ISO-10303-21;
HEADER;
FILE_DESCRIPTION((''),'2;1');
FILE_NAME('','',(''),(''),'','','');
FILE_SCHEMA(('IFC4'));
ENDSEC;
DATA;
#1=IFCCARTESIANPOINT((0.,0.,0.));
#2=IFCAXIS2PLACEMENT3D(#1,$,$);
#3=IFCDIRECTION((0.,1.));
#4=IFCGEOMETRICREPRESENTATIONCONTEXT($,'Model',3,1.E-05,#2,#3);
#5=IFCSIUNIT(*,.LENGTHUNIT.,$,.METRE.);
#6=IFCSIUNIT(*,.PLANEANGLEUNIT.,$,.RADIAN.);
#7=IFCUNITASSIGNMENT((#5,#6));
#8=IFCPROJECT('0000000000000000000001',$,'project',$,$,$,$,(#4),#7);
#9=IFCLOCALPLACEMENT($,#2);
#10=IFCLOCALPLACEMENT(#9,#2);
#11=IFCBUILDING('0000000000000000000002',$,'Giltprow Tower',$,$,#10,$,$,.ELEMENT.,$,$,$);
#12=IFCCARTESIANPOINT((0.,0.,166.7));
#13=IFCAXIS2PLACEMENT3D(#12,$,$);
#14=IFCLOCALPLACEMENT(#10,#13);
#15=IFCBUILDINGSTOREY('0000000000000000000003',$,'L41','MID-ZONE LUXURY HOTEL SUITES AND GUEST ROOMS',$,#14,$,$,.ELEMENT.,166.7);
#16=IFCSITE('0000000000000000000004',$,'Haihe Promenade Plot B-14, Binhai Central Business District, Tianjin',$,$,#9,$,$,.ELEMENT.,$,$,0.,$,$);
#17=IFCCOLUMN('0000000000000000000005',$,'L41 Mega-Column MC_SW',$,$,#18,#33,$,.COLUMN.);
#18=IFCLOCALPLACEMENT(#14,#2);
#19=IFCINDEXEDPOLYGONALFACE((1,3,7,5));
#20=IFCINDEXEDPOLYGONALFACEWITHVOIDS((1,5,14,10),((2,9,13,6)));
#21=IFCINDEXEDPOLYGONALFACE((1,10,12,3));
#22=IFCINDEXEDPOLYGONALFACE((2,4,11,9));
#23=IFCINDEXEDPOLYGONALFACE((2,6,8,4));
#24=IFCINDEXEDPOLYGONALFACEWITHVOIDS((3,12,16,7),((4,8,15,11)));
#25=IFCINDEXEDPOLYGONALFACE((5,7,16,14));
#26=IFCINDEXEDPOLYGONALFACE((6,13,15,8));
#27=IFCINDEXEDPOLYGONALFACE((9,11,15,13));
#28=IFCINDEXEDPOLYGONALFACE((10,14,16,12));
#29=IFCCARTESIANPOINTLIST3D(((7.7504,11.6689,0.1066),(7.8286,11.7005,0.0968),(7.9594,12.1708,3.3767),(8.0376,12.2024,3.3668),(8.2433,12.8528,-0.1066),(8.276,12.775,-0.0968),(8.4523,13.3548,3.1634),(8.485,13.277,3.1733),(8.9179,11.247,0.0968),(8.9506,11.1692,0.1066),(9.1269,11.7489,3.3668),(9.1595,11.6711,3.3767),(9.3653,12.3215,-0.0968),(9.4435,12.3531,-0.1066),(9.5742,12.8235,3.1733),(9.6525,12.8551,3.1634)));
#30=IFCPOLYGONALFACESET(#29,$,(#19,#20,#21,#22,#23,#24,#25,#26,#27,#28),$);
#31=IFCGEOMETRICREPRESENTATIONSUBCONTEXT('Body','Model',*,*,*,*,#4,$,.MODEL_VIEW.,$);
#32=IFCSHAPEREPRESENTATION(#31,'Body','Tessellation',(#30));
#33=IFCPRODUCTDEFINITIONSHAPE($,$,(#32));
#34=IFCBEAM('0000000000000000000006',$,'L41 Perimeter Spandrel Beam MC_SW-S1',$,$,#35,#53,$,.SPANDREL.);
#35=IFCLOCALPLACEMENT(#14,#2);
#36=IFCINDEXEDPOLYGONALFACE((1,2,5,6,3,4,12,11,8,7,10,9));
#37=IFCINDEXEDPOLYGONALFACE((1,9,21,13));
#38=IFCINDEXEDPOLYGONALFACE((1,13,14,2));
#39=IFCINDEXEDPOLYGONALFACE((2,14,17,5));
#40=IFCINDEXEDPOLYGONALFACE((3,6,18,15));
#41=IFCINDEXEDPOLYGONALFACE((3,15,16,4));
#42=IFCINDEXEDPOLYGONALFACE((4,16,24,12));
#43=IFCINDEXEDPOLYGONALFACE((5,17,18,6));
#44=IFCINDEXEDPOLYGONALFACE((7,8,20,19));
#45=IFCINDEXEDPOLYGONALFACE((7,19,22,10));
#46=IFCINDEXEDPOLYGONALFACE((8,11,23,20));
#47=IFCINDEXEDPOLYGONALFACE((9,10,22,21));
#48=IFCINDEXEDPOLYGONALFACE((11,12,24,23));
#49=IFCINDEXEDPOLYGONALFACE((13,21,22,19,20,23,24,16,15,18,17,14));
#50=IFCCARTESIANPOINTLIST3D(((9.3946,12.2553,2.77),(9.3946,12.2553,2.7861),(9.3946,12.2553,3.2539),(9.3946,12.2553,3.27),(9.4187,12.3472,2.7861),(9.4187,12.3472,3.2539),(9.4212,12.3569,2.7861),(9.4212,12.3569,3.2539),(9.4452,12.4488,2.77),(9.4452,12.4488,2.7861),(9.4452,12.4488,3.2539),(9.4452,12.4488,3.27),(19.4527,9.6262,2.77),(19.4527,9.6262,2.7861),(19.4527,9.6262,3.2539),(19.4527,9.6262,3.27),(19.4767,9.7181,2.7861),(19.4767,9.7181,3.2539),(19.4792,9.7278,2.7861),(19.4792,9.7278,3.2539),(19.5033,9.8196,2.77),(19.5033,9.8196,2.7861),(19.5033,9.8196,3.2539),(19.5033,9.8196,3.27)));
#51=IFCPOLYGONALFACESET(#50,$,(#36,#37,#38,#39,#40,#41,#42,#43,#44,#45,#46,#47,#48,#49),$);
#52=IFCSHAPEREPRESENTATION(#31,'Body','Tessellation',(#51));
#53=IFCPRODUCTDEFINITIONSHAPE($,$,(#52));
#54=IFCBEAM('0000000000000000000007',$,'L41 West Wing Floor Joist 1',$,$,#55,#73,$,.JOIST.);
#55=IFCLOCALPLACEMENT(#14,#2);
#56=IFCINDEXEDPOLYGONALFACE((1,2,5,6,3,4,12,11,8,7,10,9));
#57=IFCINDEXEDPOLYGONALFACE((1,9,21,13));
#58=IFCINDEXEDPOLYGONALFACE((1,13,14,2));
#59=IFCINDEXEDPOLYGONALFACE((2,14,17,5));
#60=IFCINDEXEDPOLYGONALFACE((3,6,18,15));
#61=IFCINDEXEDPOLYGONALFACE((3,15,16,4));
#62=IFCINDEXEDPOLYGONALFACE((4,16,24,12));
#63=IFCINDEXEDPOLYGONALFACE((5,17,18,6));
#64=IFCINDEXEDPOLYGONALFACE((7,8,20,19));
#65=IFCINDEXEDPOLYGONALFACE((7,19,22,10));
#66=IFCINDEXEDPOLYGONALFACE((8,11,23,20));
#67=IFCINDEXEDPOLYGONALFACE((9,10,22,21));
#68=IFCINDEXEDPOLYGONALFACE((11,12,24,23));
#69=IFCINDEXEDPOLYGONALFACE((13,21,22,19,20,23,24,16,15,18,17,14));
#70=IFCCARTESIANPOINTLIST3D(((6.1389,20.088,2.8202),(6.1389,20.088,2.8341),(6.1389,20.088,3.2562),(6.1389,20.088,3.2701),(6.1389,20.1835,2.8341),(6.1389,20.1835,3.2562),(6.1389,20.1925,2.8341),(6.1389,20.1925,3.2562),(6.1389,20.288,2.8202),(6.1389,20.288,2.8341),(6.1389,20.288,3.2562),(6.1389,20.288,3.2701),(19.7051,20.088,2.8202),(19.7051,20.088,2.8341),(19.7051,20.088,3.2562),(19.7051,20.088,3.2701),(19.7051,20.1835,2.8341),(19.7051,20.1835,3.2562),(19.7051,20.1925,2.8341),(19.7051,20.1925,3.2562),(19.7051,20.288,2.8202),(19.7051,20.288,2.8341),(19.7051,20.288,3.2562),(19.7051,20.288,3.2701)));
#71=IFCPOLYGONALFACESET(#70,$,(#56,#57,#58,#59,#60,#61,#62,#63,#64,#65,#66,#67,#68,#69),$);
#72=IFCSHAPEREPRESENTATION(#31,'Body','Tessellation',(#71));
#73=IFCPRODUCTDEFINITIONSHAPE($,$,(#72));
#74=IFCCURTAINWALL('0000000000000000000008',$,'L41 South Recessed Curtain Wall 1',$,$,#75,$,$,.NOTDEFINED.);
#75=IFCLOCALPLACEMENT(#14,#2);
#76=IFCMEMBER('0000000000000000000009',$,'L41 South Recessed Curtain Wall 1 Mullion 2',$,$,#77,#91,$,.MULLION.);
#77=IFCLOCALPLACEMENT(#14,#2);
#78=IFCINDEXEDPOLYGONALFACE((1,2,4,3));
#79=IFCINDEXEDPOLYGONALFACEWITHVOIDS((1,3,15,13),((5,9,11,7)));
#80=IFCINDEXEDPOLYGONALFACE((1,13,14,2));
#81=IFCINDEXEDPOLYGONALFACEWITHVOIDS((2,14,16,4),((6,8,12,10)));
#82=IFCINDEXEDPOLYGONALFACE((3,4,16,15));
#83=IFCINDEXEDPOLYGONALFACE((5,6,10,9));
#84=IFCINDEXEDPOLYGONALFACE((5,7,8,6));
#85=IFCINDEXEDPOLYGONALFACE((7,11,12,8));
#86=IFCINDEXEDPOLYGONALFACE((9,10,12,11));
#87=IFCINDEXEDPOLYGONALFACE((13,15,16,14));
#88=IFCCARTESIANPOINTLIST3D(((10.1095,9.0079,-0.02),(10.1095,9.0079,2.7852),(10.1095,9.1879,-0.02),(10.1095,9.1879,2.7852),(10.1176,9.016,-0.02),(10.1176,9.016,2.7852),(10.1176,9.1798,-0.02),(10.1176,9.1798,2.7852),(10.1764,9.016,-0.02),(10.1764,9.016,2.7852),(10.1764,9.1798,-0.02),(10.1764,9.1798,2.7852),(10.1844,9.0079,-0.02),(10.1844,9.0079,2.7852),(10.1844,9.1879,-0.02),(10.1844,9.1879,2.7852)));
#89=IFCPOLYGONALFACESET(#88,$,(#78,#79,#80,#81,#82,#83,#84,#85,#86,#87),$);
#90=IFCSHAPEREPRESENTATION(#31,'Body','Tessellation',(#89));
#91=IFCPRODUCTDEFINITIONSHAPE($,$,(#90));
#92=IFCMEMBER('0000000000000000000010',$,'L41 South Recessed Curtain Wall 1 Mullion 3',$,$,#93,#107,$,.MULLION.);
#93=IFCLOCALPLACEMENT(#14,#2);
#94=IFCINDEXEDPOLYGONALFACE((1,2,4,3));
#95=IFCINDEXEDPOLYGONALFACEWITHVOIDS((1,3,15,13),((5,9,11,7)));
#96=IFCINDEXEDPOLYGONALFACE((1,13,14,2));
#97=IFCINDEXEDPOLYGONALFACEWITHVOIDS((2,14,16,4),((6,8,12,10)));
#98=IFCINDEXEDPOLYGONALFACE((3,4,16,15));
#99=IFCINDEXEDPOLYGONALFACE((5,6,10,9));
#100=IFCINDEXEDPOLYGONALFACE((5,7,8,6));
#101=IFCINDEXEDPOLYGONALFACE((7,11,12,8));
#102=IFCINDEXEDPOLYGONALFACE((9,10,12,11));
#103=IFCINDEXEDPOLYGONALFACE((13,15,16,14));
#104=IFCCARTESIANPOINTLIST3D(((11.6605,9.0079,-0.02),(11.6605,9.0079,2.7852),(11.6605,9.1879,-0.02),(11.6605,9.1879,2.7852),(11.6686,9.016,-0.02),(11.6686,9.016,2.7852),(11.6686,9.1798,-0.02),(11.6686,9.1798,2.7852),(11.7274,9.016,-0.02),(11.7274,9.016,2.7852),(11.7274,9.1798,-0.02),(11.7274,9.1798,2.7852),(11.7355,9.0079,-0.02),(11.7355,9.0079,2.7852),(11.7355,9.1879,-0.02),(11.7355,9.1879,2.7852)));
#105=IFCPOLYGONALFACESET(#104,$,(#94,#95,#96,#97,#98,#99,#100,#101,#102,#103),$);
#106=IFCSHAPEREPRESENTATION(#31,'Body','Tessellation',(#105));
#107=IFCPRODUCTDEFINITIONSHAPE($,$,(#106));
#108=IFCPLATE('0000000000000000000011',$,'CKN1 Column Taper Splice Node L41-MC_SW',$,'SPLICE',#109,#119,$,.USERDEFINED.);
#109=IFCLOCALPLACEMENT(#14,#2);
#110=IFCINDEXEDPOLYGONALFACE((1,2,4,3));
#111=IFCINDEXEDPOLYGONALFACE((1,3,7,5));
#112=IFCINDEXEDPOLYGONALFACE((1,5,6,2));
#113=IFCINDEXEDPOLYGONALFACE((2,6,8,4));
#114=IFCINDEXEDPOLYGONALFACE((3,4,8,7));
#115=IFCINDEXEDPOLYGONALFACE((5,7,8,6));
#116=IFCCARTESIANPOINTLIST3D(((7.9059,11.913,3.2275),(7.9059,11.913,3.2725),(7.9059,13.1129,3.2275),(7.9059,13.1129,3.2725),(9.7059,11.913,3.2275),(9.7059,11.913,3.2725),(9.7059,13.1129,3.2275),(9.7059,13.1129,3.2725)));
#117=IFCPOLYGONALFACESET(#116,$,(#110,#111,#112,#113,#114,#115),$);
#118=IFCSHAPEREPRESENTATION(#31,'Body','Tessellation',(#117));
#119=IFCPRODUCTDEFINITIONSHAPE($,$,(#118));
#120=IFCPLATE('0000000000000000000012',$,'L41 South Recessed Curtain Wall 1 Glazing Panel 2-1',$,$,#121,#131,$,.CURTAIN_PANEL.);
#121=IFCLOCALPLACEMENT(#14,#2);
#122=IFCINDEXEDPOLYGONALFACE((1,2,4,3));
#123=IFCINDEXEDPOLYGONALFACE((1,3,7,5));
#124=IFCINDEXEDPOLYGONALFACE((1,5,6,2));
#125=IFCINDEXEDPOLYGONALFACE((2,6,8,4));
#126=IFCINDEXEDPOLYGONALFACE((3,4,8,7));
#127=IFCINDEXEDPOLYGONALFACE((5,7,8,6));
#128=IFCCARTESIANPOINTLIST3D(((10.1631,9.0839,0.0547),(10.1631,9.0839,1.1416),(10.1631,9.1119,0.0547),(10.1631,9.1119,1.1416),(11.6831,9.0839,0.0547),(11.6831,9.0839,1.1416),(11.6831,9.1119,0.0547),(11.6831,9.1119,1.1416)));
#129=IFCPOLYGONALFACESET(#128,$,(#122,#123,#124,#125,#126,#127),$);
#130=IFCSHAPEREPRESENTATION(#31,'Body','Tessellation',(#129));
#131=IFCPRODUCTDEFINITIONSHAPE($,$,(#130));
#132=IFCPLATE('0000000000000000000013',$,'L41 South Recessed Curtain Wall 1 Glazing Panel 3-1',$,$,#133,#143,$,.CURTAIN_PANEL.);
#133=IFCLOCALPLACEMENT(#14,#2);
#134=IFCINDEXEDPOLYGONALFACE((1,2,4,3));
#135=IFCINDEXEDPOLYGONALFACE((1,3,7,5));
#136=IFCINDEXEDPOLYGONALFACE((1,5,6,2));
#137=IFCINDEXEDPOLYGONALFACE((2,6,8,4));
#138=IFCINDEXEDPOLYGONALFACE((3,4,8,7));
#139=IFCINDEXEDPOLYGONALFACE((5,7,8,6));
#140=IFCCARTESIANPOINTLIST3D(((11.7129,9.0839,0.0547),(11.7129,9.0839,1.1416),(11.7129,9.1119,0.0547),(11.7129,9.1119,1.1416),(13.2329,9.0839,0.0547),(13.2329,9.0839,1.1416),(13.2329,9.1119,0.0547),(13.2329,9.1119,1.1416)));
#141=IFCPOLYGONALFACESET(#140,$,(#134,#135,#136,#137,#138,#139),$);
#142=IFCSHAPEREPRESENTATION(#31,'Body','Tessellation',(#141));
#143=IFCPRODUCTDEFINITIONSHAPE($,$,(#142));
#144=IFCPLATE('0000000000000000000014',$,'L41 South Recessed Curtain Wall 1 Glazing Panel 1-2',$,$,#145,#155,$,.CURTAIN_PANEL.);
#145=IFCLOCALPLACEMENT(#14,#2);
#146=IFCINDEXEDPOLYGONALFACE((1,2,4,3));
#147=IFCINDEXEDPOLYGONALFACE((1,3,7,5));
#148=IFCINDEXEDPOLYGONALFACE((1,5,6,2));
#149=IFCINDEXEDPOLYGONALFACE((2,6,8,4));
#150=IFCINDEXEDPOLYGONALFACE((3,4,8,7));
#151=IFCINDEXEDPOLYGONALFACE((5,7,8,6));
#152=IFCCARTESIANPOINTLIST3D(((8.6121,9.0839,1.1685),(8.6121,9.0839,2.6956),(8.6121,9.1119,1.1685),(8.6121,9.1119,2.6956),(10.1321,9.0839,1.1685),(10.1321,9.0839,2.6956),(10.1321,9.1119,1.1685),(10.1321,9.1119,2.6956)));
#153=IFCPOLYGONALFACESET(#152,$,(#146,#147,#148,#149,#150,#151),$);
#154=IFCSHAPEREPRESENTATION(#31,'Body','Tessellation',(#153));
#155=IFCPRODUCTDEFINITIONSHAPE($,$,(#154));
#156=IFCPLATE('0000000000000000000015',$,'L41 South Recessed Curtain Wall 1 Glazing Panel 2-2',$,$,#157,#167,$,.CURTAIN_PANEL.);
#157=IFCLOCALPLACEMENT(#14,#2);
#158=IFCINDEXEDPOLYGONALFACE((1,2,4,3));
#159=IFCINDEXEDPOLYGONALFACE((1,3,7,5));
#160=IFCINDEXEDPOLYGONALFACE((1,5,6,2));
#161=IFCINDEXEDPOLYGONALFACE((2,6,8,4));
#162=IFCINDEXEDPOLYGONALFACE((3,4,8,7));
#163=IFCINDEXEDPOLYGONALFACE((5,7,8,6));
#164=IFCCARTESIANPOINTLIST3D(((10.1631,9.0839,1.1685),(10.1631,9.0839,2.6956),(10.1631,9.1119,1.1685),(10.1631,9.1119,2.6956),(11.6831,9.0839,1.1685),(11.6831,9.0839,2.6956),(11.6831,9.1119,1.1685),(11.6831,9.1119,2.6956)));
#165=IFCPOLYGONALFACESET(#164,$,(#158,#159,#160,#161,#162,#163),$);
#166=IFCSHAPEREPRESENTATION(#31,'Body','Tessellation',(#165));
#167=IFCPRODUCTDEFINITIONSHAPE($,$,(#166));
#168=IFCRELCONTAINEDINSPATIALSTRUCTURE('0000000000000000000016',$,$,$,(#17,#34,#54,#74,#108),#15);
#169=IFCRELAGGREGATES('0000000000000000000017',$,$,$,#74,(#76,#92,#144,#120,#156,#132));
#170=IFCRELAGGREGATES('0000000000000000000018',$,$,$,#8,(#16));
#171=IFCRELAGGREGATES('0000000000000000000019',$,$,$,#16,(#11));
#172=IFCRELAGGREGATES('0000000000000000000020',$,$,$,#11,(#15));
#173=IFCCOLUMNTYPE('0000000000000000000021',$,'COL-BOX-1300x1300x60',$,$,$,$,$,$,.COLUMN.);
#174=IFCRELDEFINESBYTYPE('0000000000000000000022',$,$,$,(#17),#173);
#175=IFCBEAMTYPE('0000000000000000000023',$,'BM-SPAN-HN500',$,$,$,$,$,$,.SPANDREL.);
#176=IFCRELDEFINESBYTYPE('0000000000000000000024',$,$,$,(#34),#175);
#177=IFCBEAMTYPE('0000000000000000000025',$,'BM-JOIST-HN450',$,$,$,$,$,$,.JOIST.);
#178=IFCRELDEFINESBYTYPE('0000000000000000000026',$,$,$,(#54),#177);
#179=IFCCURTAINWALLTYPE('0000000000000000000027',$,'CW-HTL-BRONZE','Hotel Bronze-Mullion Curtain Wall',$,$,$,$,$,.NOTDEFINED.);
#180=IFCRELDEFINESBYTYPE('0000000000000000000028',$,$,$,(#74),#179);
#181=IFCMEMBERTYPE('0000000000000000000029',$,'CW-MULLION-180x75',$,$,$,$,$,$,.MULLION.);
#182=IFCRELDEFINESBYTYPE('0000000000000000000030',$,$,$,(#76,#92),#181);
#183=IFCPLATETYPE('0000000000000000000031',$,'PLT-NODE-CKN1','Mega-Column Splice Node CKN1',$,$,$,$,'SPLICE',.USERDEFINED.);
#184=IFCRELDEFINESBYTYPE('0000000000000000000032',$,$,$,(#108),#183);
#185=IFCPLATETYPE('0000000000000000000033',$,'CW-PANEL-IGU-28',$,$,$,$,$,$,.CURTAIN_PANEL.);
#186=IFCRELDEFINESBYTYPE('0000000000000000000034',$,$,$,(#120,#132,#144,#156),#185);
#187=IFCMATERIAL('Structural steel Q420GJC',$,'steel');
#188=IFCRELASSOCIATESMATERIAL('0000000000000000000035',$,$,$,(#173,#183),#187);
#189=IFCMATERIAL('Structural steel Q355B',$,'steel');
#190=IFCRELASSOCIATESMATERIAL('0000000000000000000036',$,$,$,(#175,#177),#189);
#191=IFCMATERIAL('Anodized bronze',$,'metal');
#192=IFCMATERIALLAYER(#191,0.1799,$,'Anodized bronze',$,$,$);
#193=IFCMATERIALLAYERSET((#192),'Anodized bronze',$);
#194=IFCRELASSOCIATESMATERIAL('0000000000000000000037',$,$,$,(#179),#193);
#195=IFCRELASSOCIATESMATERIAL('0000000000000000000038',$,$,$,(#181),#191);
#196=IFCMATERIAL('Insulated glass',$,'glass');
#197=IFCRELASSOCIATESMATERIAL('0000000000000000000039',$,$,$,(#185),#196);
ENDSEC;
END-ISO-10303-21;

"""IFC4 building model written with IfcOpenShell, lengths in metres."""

from ifc_helpers import new_model, si_unit, direction, frame, origin, origin_2d, place, context, subcontext, project, spatial, rectangle, hollow_rectangle, i_section, extrude, source, transform, mapped, material, layer, layer_set, material_profile, profile_set, type_object, element, aggregate, save


model = new_model("IFC4")

# Units and contexts
model_context = context("Model", 3, precision=1e-05, world=origin(), true_north=direction((0.0, 1.0)))
body_context = subcontext(model_context, "Body", "Model", "MODEL_VIEW")
ifc_project = project(units=[si_unit("LENGTHUNIT", "METRE"), si_unit("PLANEANGLEUNIT", "RADIAN")], contexts=[model_context])

# Site, building, storey
site_placement = place(None, origin())
site = spatial("IfcSite", under=ifc_project, at=site_placement, Name="Haihe Promenade Plot B-14, Binhai Central Business District, Tianjin", CompositionType="ELEMENT", RefElevation=0.0)
building_placement = place(site_placement, origin())
building = spatial("IfcBuilding", under=site, at=building_placement, Name="Giltprow Tower", CompositionType="ELEMENT")
storey_placement = place(building_placement, frame((0.0, 0.0, 166.7)))
storey = spatial("IfcBuildingStorey", under=building, at=storey_placement, Name="L41", Description="MID-ZONE LUXURY HOTEL SUITES AND GUEST ROOMS", CompositionType="ELEMENT", Elevation=166.7)

# Column
ifc_material_1 = material(Name="Structural steel Q420GJC", Category="steel")
ifc_material_profile_1 = material_profile(ifc_material_1, hollow_rectangle(XDim=1.3, YDim=1.3, WallThickness=0.0601, at=origin_2d()), Name="BOX 1300x1300x60")
ifc_profile_set_1 = profile_set([ifc_material_profile_1], Name="Structural steel Q420GJC")
column_type = type_object("IfcColumnType", Name="COL-BOX-1300x1300x60", PredefinedType="COLUMN", material=ifc_profile_set_1)
shared_shape_1 = source(origin(), body_context, "Body", "SweptSolid", [
    extrude(hollow_rectangle(XDim=1.3, YDim=1.3, WallThickness=0.0601, at=origin_2d()), origin(), (0.0, 0.0, 1.0), 3.3149),
])
column_placement = place(storey_placement, frame((8.5969, 12.011, 0.0), z_axis=(0.063044, 0.151423, 0.986457), x_axis=(-0.923183, 0.38436, 0.0)))
element("IfcColumn", 1, at=column_placement, inside=storey, type_object=column_type, Name="L41 Mega-Column MC_SW", PredefinedType="COLUMN", context=body_context, shape_type="MappedRepresentation", body=[
    mapped(shared_shape_1, transform((0.0, 0.0, 0.0), x_axis=(1.0, 0.0, 0.0), y_axis=(0.0, 1.0, 0.0), z_axis=(0.0, 0.0, 1.0), scale=1.0)),
])

# Beams
ifc_material_2 = material(Name="Structural steel Q355B", Category="steel")
ifc_material_profile_2 = material_profile(ifc_material_2, i_section(OverallWidth=0.2, OverallDepth=0.5, WebThickness=0.01, FlangeThickness=0.0161, at=origin_2d()), Name="HN 500x200x10x16")
ifc_profile_set_2 = profile_set([ifc_material_profile_2], Name="Structural steel Q355B")
beam_type_1 = type_object("IfcBeamType", Name="BM-SPAN-HN500", PredefinedType="SPANDREL", material=ifc_profile_set_2)
shared_shape_2 = source(origin(), body_context, "Body", "SweptSolid", [
    extrude(i_section(OverallWidth=0.2, OverallDepth=0.5, WebThickness=0.01, FlangeThickness=0.0161, at=origin_2d()), origin(), (0.0, 0.0, 1.0), 10.396),
])
beam_1_placement = place(storey_placement, frame((9.4199, 12.3521, 3.02), z_axis=(0.967493, -0.252899, 0.0), x_axis=(0.252899, 0.967493, 0.0)))
element("IfcBeam", 2, at=beam_1_placement, inside=storey, type_object=beam_type_1, Name="L41 Perimeter Spandrel Beam MC_SW-S1", PredefinedType="SPANDREL", context=body_context, shape_type="MappedRepresentation", body=[
    mapped(shared_shape_2, transform((0.0, 0.0, 0.0), x_axis=(1.0, 0.0, 0.0), y_axis=(0.0, 1.0, 0.0), z_axis=(0.0, 0.0, 1.0), scale=1.0)),
])
ifc_material_profile_3 = material_profile(ifc_material_2, i_section(OverallWidth=0.2, OverallDepth=0.45, WebThickness=0.009, FlangeThickness=0.0139, at=origin_2d()), Name="HN 450x200x9x14")
ifc_profile_set_3 = profile_set([ifc_material_profile_3], Name="Structural steel Q355B")
beam_type_2 = type_object("IfcBeamType", Name="BM-JOIST-HN450", PredefinedType="JOIST", material=ifc_profile_set_3)
shared_shape_3 = source(origin(), body_context, "Body", "SweptSolid", [
    extrude(i_section(OverallWidth=0.2, OverallDepth=0.45, WebThickness=0.009, FlangeThickness=0.0139, at=origin_2d()), origin(), (0.0, 0.0, 1.0), 13.5662),
])
beam_2_placement = place(storey_placement, frame((6.1389, 20.188, 3.0452), z_axis=(1.0, 0.0, 0.0), x_axis=(0.0, 1.0, 0.0)))
element("IfcBeam", 3, at=beam_2_placement, inside=storey, type_object=beam_type_2, Name="L41 West Wing Floor Joist 1", PredefinedType="JOIST", context=body_context, shape_type="MappedRepresentation", body=[
    mapped(shared_shape_3, transform((0.0, 0.0, 0.0), x_axis=(1.0, 0.0, 0.0), y_axis=(0.0, 1.0, 0.0), z_axis=(0.0, 0.0, 1.0), scale=1.0)),
])

# Curtain wall, members
ifc_material_3 = material(Name="Anodized bronze", Category="metal")
ifc_layer_1 = layer(ifc_material_3, 0.1799, Name="Anodized bronze")
ifc_layer_set_1 = layer_set([ifc_layer_1], Name="Anodized bronze")
curtain_wall_type = type_object("IfcCurtainWallType", Name="CW-HTL-BRONZE", Description="Hotel Bronze-Mullion Curtain Wall", PredefinedType="NOTDEFINED", material=ifc_layer_set_1)
curtain_wall_placement = place(storey_placement, origin())
curtain_wall = element("IfcCurtainWall", 4, at=curtain_wall_placement, inside=storey, type_object=curtain_wall_type, Name="L41 South Recessed Curtain Wall 1", PredefinedType="NOTDEFINED")
ifc_material_profile_4 = material_profile(ifc_material_3, hollow_rectangle(XDim=0.075, YDim=0.1799, WallThickness=0.0081, at=origin_2d()), Name="RHS 180x75x8")
ifc_profile_set_4 = profile_set([ifc_material_profile_4], Name="Anodized bronze")
member_type = type_object("IfcMemberType", Name="CW-MULLION-180x75", PredefinedType="MULLION", material=ifc_profile_set_4)
shared_shape_4 = source(origin(), body_context, "Body", "SweptSolid", [
    extrude(hollow_rectangle(XDim=0.075, YDim=0.1799, WallThickness=0.0081, at=origin_2d()), origin(), (0.0, 0.0, 1.0), 2.8052),
])
member_1_placement = place(storey_placement, frame((10.147, 9.0979, -0.02), z_axis=(0.0, 0.0, 1.0), x_axis=(1.0, 0.0, 0.0)))
member_1 = element("IfcMember", 5, at=member_1_placement, type_object=member_type, Name="L41 South Recessed Curtain Wall 1 Mullion 2", PredefinedType="MULLION", context=body_context, shape_type="MappedRepresentation", body=[
    mapped(shared_shape_4, transform((0.0, 0.0, 0.0), x_axis=(1.0, 0.0, 0.0), y_axis=(0.0, 1.0, 0.0), z_axis=(0.0, 0.0, 1.0), scale=1.0)),
])
member_2_placement = place(storey_placement, frame((11.698, 9.0979, -0.02), z_axis=(0.0, 0.0, 1.0), x_axis=(1.0, 0.0, 0.0)))
member_2 = element("IfcMember", 6, at=member_2_placement, type_object=member_type, Name="L41 South Recessed Curtain Wall 1 Mullion 3", PredefinedType="MULLION", context=body_context, shape_type="MappedRepresentation", body=[
    mapped(shared_shape_4, transform((0.0, 0.0, 0.0), x_axis=(1.0, 0.0, 0.0), y_axis=(0.0, 1.0, 0.0), z_axis=(0.0, 0.0, 1.0), scale=1.0)),
])

# Plates
plate_type_1 = type_object("IfcPlateType", Name="PLT-NODE-CKN1", Description="Mega-Column Splice Node CKN1", ElementType="SPLICE", PredefinedType="USERDEFINED", material=ifc_material_1)
shared_shape_5 = source(origin(), body_context, "Body", "SweptSolid", [
    extrude(rectangle(XDim=1.8, YDim=1.2, at=origin_2d()), origin(), (0.0, 0.0, 1.0), 0.0449),
])
plate_1_placement = place(storey_placement, frame((8.8059, 12.5129, 3.2275), z_axis=(0.0, 0.0, 1.0), x_axis=(1.0, 0.0, 0.0)))
element("IfcPlate", 7, at=plate_1_placement, inside=storey, type_object=plate_type_1, Name="CKN1 Column Taper Splice Node L41-MC_SW", ObjectType="SPLICE", PredefinedType="USERDEFINED", context=body_context, shape_type="MappedRepresentation", body=[
    mapped(shared_shape_5, transform((0.0, 0.0, 0.0), x_axis=(1.0, 0.0, 0.0), y_axis=(0.0, 1.0, 0.0), z_axis=(0.0, 0.0, 1.0), scale=1.0)),
])
ifc_material_4 = material(Name="Insulated glass", Category="glass")
plate_type_2 = type_object("IfcPlateType", Name="CW-PANEL-IGU-28", PredefinedType="CURTAIN_PANEL", material=ifc_material_4)
shared_shape_6 = source(origin(), body_context, "Body", "SweptSolid", [
    extrude(rectangle(XDim=1.52, YDim=0.0281, at=origin_2d()), origin(), (0.0, 0.0, 1.0), 1.0869),
])
plate_2_placement = place(storey_placement, frame((10.9231, 9.0979, 0.0547), z_axis=(0.0, 0.0, 1.0), x_axis=(1.0, 0.0, 0.0)))
plate_2 = element("IfcPlate", 8, at=plate_2_placement, type_object=plate_type_2, Name="L41 South Recessed Curtain Wall 1 Glazing Panel 2-1", PredefinedType="CURTAIN_PANEL", context=body_context, shape_type="MappedRepresentation", body=[
    mapped(shared_shape_6, transform((0.0, 0.0, 0.0), x_axis=(1.0, 0.0, 0.0), y_axis=(0.0, 1.0, 0.0), z_axis=(0.0, 0.0, 1.0), scale=1.0)),
])
plate_3_placement = place(storey_placement, frame((12.4729, 9.0979, 0.0547), z_axis=(0.0, 0.0, 1.0), x_axis=(1.0, 0.0, 0.0)))
plate_3 = element("IfcPlate", 9, at=plate_3_placement, type_object=plate_type_2, Name="L41 South Recessed Curtain Wall 1 Glazing Panel 3-1", PredefinedType="CURTAIN_PANEL", context=body_context, shape_type="MappedRepresentation", body=[
    mapped(shared_shape_6, transform((0.0, 0.0, 0.0), x_axis=(1.0, 0.0, 0.0), y_axis=(0.0, 1.0, 0.0), z_axis=(0.0, 0.0, 1.0), scale=1.0)),
])
shared_shape_7 = source(origin(), body_context, "Body", "SweptSolid", [
    extrude(rectangle(XDim=1.52, YDim=0.0281, at=origin_2d()), origin(), (0.0, 0.0, 1.0), 1.5271),
])
plate_4_placement = place(storey_placement, frame((9.3721, 9.0979, 1.1685), z_axis=(0.0, 0.0, 1.0), x_axis=(1.0, 0.0, 0.0)))
plate_4 = element("IfcPlate", 10, at=plate_4_placement, type_object=plate_type_2, Name="L41 South Recessed Curtain Wall 1 Glazing Panel 1-2", PredefinedType="CURTAIN_PANEL", context=body_context, shape_type="MappedRepresentation", body=[
    mapped(shared_shape_7, transform((0.0, 0.0, 0.0), x_axis=(1.0, 0.0, 0.0), y_axis=(0.0, 1.0, 0.0), z_axis=(0.0, 0.0, 1.0), scale=1.0)),
])
plate_5_placement = place(storey_placement, frame((10.9231, 9.0979, 1.1685), z_axis=(0.0, 0.0, 1.0), x_axis=(1.0, 0.0, 0.0)))
plate_5 = element("IfcPlate", 11, at=plate_5_placement, type_object=plate_type_2, Name="L41 South Recessed Curtain Wall 1 Glazing Panel 2-2", PredefinedType="CURTAIN_PANEL", context=body_context, shape_type="MappedRepresentation", body=[
    mapped(shared_shape_7, transform((0.0, 0.0, 0.0), x_axis=(1.0, 0.0, 0.0), y_axis=(0.0, 1.0, 0.0), z_axis=(0.0, 0.0, 1.0), scale=1.0)),
])
aggregate(curtain_wall, [member_1, member_2, plate_4, plate_2, plate_5, plate_3])

save(model, "model.ifc")
